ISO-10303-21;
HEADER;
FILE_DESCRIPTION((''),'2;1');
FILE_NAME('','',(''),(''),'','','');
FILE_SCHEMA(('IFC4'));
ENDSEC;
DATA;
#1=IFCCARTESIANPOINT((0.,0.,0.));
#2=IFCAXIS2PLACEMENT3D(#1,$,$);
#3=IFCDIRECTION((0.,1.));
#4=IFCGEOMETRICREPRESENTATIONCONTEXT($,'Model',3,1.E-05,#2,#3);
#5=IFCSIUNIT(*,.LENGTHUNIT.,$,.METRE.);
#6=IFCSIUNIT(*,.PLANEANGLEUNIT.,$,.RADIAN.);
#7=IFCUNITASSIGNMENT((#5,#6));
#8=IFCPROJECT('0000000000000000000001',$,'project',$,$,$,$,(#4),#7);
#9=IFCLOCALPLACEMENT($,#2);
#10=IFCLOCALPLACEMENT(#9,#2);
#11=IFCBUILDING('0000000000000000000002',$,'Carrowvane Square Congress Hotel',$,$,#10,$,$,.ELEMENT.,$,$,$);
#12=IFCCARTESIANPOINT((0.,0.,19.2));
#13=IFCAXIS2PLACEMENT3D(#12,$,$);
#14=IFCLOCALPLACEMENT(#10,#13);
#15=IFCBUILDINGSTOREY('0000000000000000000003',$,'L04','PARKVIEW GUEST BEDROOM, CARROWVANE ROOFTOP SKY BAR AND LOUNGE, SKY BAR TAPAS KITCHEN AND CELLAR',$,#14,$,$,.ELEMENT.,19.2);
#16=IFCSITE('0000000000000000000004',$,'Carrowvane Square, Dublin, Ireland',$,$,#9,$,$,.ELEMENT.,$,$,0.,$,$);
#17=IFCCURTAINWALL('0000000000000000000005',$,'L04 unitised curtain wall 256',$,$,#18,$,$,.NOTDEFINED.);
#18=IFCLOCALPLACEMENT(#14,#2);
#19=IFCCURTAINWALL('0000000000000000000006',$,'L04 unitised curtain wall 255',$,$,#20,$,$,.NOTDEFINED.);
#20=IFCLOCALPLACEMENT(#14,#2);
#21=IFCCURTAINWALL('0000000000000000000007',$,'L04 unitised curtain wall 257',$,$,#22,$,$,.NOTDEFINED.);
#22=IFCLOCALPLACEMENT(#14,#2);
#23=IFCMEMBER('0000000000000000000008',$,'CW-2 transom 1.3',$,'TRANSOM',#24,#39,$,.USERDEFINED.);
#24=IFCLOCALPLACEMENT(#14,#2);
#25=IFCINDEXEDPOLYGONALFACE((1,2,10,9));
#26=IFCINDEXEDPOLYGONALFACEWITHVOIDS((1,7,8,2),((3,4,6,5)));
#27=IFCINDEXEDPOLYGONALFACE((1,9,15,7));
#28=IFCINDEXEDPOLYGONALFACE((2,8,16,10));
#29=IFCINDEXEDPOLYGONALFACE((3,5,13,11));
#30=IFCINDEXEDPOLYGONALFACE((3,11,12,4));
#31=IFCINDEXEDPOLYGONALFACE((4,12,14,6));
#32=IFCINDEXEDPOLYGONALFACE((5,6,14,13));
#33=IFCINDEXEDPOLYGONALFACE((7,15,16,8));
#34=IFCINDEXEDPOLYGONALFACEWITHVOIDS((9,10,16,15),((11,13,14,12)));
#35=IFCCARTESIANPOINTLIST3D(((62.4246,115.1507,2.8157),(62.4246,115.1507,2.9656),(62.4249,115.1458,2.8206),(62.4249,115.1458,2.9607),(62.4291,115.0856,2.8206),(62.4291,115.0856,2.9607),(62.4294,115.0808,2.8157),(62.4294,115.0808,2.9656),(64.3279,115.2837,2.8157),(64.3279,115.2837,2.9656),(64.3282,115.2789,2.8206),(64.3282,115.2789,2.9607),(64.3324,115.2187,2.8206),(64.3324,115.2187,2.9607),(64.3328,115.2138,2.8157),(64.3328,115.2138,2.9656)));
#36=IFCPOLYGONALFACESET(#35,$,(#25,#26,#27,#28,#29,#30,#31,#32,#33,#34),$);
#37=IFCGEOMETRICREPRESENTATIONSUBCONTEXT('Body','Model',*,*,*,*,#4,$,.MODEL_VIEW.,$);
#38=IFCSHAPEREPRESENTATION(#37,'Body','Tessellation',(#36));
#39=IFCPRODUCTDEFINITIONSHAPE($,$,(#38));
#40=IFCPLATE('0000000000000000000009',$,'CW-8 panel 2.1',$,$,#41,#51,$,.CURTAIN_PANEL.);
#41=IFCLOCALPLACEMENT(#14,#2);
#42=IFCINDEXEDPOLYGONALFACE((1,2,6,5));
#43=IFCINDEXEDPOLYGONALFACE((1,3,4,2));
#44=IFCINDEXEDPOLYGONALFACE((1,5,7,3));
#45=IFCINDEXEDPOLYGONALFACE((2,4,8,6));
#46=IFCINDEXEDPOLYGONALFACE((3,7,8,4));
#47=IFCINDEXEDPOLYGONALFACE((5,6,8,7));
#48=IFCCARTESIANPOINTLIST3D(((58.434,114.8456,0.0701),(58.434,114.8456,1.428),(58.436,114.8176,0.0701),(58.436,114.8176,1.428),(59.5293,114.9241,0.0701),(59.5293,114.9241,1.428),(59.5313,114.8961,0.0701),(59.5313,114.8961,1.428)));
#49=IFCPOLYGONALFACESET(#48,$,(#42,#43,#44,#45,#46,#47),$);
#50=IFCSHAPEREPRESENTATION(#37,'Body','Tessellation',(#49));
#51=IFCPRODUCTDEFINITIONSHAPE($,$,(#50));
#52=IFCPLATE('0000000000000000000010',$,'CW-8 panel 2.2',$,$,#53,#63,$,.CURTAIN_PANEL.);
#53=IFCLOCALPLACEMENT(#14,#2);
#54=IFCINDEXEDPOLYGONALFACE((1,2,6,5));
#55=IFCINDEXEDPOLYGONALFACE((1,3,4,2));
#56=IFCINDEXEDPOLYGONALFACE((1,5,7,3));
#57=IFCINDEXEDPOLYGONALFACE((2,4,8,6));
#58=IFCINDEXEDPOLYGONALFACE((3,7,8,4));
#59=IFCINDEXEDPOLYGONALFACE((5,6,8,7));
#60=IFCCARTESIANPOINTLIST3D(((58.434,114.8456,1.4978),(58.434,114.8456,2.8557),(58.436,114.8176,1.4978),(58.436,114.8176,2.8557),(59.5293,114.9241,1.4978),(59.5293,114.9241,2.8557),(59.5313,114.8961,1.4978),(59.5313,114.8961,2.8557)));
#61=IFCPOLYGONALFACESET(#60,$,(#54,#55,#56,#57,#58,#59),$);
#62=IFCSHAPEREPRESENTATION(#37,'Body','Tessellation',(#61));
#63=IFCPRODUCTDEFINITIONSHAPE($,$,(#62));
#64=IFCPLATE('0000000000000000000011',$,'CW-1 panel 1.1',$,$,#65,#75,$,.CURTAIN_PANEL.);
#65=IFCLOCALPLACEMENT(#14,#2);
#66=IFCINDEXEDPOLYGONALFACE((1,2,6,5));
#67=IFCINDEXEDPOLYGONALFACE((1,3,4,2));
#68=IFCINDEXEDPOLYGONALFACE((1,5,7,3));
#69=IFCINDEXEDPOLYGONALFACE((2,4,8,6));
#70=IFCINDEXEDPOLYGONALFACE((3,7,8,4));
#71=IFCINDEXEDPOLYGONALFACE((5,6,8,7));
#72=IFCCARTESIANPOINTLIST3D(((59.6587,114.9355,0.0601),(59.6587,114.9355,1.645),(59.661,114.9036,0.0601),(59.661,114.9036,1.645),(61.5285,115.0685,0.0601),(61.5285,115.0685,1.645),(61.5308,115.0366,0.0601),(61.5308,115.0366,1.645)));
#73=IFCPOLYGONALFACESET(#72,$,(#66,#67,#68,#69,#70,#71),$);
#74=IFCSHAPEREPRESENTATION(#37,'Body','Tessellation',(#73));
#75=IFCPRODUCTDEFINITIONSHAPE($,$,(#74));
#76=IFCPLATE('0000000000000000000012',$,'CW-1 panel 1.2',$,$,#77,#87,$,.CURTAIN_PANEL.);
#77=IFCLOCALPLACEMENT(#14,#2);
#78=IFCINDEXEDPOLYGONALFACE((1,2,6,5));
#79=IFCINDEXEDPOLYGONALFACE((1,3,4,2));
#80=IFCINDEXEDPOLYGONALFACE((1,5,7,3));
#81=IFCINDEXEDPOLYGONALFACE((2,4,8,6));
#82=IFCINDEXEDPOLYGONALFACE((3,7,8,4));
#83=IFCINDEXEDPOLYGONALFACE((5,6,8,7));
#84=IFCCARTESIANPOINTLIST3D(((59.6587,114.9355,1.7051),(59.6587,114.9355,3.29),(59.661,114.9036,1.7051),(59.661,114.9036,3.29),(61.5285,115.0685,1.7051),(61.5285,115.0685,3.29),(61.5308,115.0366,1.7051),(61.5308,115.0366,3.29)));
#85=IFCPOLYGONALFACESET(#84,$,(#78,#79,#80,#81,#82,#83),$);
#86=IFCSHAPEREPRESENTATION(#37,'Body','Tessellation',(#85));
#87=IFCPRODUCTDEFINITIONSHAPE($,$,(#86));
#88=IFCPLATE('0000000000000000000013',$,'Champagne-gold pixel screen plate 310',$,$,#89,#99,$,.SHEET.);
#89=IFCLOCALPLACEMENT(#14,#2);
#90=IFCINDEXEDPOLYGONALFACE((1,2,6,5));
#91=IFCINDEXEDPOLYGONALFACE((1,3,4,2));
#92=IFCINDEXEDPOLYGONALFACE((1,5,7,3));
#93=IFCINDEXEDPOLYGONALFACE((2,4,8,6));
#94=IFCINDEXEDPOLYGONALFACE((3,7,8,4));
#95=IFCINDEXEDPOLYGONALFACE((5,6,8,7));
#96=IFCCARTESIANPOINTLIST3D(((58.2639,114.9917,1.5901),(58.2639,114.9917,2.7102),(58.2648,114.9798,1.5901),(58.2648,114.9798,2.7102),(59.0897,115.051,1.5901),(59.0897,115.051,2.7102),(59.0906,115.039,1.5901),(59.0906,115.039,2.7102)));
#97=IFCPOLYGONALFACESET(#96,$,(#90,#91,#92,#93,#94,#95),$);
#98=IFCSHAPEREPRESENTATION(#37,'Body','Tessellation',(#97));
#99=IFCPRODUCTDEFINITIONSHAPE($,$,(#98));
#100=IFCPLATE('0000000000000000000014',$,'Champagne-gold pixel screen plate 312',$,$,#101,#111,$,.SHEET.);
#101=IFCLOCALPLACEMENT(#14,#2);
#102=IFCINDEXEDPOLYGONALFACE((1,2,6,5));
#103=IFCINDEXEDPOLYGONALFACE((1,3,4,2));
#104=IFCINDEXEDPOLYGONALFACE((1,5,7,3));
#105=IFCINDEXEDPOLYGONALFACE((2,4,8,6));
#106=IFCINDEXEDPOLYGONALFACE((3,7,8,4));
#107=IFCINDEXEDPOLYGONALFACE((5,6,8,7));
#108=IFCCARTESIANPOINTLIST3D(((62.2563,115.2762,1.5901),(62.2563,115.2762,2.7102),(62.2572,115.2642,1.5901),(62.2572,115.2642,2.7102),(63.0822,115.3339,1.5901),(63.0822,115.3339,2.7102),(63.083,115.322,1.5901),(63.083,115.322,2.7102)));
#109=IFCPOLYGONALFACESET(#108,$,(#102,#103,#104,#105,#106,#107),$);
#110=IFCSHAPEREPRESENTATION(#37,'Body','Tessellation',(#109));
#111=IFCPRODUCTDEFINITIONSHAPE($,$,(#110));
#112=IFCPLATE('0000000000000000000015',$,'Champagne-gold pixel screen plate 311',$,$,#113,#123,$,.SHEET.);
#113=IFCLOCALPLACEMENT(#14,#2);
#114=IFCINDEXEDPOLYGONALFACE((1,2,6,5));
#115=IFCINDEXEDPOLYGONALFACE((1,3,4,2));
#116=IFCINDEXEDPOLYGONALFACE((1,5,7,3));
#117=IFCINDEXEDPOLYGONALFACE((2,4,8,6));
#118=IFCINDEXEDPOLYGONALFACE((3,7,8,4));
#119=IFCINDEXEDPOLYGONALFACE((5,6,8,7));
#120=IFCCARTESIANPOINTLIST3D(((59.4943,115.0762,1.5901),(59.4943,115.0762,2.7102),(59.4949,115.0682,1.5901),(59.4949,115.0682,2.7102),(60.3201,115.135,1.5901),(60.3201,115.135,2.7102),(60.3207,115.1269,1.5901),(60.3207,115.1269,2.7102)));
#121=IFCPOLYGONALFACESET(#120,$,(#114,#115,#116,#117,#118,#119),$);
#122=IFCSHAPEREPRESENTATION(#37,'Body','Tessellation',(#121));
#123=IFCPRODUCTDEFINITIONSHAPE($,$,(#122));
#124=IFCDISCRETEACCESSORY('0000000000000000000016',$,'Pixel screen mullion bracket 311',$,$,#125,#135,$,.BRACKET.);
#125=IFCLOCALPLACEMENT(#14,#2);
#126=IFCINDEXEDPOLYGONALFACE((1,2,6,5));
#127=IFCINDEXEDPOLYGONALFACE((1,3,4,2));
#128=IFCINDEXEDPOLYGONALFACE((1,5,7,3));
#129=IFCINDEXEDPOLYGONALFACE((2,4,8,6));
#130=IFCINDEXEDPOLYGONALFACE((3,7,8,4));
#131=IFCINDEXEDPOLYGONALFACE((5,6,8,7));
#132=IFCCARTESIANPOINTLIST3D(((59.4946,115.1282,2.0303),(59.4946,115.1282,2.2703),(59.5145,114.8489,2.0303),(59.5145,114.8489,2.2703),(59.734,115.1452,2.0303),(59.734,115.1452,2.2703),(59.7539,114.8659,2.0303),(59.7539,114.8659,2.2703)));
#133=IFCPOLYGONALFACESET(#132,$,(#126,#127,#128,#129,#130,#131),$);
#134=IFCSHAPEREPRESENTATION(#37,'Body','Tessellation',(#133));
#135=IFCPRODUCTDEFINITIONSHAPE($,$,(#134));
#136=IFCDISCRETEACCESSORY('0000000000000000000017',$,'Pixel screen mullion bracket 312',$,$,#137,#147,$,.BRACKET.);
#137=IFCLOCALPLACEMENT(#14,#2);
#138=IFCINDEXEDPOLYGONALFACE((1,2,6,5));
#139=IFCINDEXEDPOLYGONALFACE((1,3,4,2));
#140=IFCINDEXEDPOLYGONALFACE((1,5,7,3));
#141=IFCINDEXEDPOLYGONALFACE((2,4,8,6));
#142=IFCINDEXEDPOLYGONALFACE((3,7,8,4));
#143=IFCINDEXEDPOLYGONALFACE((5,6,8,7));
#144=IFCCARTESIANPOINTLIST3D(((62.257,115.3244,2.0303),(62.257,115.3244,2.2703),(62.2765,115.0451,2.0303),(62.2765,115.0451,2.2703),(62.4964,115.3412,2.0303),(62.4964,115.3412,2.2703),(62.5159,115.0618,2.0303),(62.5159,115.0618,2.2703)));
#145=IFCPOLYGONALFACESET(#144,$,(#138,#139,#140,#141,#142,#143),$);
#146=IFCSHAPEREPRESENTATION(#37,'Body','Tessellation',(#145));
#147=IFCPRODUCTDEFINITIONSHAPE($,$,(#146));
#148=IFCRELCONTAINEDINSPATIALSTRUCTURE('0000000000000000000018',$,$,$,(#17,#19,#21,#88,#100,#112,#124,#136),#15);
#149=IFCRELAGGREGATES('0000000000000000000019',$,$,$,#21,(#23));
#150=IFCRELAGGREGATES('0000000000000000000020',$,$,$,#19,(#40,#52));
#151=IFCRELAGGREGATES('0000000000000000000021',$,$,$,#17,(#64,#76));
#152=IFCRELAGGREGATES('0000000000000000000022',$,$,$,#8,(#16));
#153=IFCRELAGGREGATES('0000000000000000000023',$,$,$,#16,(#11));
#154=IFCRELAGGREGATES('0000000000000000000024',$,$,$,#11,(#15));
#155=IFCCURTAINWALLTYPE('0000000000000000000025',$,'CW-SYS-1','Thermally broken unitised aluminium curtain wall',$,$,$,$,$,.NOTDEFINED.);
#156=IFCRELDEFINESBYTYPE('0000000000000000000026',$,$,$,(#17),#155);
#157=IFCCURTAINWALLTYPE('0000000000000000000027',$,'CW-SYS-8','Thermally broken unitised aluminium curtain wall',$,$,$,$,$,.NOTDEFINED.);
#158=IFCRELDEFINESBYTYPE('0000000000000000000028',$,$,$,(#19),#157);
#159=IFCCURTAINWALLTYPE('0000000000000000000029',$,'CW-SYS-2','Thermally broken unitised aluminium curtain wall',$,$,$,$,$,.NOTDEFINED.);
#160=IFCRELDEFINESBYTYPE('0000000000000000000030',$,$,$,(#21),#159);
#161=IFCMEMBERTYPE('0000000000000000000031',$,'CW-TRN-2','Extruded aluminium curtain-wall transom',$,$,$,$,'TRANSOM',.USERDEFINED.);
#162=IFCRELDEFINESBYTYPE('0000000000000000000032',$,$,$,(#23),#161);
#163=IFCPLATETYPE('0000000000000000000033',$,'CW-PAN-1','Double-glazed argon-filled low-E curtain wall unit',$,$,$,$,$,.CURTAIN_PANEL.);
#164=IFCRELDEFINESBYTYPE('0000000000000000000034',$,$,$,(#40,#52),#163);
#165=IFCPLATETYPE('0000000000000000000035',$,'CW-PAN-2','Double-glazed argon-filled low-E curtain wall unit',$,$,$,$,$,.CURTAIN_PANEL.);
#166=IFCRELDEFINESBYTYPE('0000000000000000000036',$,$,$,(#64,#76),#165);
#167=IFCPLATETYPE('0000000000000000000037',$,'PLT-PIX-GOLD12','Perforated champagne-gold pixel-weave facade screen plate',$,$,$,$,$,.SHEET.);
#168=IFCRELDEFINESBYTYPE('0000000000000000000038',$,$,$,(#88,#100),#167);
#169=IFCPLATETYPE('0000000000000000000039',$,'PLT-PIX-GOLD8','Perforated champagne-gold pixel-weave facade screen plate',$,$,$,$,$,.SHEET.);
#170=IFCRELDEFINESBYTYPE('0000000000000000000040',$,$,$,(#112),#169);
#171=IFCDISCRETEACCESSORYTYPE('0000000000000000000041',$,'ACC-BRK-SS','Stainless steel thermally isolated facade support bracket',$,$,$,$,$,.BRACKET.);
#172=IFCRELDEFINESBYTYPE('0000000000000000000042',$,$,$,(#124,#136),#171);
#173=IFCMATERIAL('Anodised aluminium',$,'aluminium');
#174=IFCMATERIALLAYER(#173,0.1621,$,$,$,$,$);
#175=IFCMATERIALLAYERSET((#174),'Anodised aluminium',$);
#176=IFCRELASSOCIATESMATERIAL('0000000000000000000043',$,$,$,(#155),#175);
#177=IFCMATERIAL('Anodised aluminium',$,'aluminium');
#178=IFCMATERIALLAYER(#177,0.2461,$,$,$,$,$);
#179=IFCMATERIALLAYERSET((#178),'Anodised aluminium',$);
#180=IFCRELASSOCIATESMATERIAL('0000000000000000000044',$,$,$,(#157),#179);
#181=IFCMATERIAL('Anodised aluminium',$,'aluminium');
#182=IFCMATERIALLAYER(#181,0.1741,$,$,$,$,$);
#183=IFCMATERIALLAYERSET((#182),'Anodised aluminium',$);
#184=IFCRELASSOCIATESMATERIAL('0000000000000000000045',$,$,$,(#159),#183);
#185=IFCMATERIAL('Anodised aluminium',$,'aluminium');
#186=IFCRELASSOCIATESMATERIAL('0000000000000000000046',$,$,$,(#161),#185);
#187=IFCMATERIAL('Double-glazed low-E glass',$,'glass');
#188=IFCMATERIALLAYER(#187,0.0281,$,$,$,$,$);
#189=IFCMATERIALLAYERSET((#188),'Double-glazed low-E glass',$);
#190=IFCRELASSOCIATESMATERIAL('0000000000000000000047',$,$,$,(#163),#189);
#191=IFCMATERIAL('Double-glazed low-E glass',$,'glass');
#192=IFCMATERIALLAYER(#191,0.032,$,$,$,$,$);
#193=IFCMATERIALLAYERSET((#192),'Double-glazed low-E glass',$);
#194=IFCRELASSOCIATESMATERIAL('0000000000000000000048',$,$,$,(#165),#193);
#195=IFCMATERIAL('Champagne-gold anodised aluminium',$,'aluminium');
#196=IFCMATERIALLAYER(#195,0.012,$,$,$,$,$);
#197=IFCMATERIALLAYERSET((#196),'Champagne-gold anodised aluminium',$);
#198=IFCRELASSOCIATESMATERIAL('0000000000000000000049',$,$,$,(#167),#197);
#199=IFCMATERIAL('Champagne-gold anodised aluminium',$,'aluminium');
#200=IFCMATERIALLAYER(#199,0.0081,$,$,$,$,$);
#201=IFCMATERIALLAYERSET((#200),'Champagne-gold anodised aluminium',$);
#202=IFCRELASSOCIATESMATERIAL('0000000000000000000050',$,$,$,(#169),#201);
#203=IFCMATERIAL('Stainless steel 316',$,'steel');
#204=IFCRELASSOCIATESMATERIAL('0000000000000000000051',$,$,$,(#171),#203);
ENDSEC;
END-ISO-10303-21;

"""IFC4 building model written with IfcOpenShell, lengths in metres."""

from ifc_helpers import new_model, si_unit, direction, frame, origin, origin_2d, place, context, subcontext, project, spatial, rectangle, hollow_rectangle, extrude, material, layer, layer_set, material_profile, profile_set, type_object, element, aggregate, save


model = new_model("IFC4")

# Units and contexts
model_context = context("Model", 3, precision=1e-05, world=origin(), true_north=direction((0.0, 1.0)))
body_context = subcontext(model_context, "Body", "Model", "MODEL_VIEW")
ifc_project = project(units=[si_unit("LENGTHUNIT", "METRE"), si_unit("PLANEANGLEUNIT", "RADIAN")], contexts=[model_context])

# Site, building, storey
site_placement = place(None, origin())
site = spatial("IfcSite", under=ifc_project, at=site_placement, Name="Carrowvane Square, Dublin, Ireland", CompositionType="ELEMENT", RefElevation=0.0)
building_placement = place(site_placement, origin())
building = spatial("IfcBuilding", under=site, at=building_placement, Name="Carrowvane Square Congress Hotel", CompositionType="ELEMENT")
storey_placement = place(building_placement, frame((0.0, 0.0, 19.2)))
storey = spatial("IfcBuildingStorey", under=building, at=storey_placement, Name="L04", Description="PARKVIEW GUEST BEDROOM, CARROWVANE ROOFTOP SKY BAR AND LOUNGE, SKY BAR TAPAS KITCHEN AND CELLAR", CompositionType="ELEMENT", Elevation=19.2)

# Curtain walls
ifc_material_1 = material(Name="Anodised aluminium", Category="aluminium")
ifc_layer_1 = layer(ifc_material_1, 0.1621)
ifc_layer_set_1 = layer_set([ifc_layer_1], Name="Anodised aluminium")
curtain_wall_type_1 = type_object("IfcCurtainWallType", Name="CW-SYS-1", Description="Thermally broken unitised aluminium curtain wall", PredefinedType="NOTDEFINED", material=ifc_layer_set_1)
curtain_wall_1_placement = place(storey_placement, origin())
curtain_wall_1 = element("IfcCurtainWall", 1, at=curtain_wall_1_placement, inside=storey, type_object=curtain_wall_type_1, Name="L04 unitised curtain wall 256", PredefinedType="NOTDEFINED")
ifc_material_2 = material(Name="Anodised aluminium", Category="aluminium")
ifc_layer_2 = layer(ifc_material_2, 0.2461)
ifc_layer_set_2 = layer_set([ifc_layer_2], Name="Anodised aluminium")
curtain_wall_type_2 = type_object("IfcCurtainWallType", Name="CW-SYS-8", Description="Thermally broken unitised aluminium curtain wall", PredefinedType="NOTDEFINED", material=ifc_layer_set_2)
curtain_wall_2_placement = place(storey_placement, origin())
curtain_wall_2 = element("IfcCurtainWall", 2, at=curtain_wall_2_placement, inside=storey, type_object=curtain_wall_type_2, Name="L04 unitised curtain wall 255", PredefinedType="NOTDEFINED")

# Curtain wall
ifc_material_3 = material(Name="Anodised aluminium", Category="aluminium")
ifc_layer_3 = layer(ifc_material_3, 0.1741)
ifc_layer_set_3 = layer_set([ifc_layer_3], Name="Anodised aluminium")
curtain_wall_type_3 = type_object("IfcCurtainWallType", Name="CW-SYS-2", Description="Thermally broken unitised aluminium curtain wall", PredefinedType="NOTDEFINED", material=ifc_layer_set_3)
curtain_wall_3_placement = place(storey_placement, origin())
curtain_wall_3 = element("IfcCurtainWall", 3, at=curtain_wall_3_placement, inside=storey, type_object=curtain_wall_type_3, Name="L04 unitised curtain wall 257", PredefinedType="NOTDEFINED")

# Member
ifc_material_4 = material(Name="Anodised aluminium", Category="aluminium")
ifc_material_profile_1 = material_profile(ifc_material_4, hollow_rectangle(XDim=0.0701, YDim=0.1499, WallThickness=0.0049, at=origin_2d()), Name="CW-TR 70x150x5")
ifc_profile_set_1 = profile_set([ifc_material_profile_1], Name="Anodised aluminium")
member_type_1 = type_object("IfcMemberType", Name="CW-TRN-2", Description="Extruded aluminium curtain-wall transom", ElementType="TRANSOM", PredefinedType="USERDEFINED", material=ifc_profile_set_1)
member_1_placement = place(storey_placement, frame((62.427, 115.1157, 2.8906), z_axis=(0.997565, 0.069737, 0.0), x_axis=(-0.069737, 0.997565, 0.0)))
member_1 = element("IfcMember", 4, at=member_1_placement, type_object=member_type_1, Name="CW-2 transom 1.3", ObjectType="TRANSOM", PredefinedType="USERDEFINED", context=body_context, shape_type="SweptSolid", body=[
    extrude(hollow_rectangle(XDim=0.0701, YDim=0.1499, WallThickness=0.0049, at=origin_2d()), origin(), (0.0, 0.0, 1.0), 1.908),
])
aggregate(curtain_wall_3, [member_1])

# Plates
ifc_material_5 = material(Name="Double-glazed low-E glass", Category="glass")
ifc_layer_4 = layer(ifc_material_5, 0.0281)
ifc_layer_set_4 = layer_set([ifc_layer_4], Name="Double-glazed low-E glass")
plate_type_1 = type_object("IfcPlateType", Name="CW-PAN-1", Description="Double-glazed argon-filled low-E curtain wall unit", PredefinedType="CURTAIN_PANEL", material=ifc_layer_set_4)
plate_1_placement = place(storey_placement, frame((58.9827, 114.8708, 0.0701), z_axis=(0.0, 0.0, 1.0), x_axis=(0.997438, 0.071532, 0.0)))
plate_1 = element("IfcPlate", 5, at=plate_1_placement, type_object=plate_type_1, Name="CW-8 panel 2.1", PredefinedType="CURTAIN_PANEL", context=body_context, shape_type="SweptSolid", body=[
    extrude(rectangle(XDim=1.0981, YDim=0.0281, at=origin_2d()), origin(), (0.0, 0.0, 1.0), 1.3579),
])
plate_2_placement = place(storey_placement, frame((58.9827, 114.8708, 1.4978), z_axis=(0.0, 0.0, 1.0), x_axis=(0.997438, 0.071532, 0.0)))
plate_2 = element("IfcPlate", 6, at=plate_2_placement, type_object=plate_type_1, Name="CW-8 panel 2.2", PredefinedType="CURTAIN_PANEL", context=body_context, shape_type="SweptSolid", body=[
    extrude(rectangle(XDim=1.0981, YDim=0.0281, at=origin_2d()), origin(), (0.0, 0.0, 1.0), 1.3579),
])
aggregate(curtain_wall_2, [plate_1, plate_2])
ifc_material_6 = material(Name="Double-glazed low-E glass", Category="glass")
ifc_layer_5 = layer(ifc_material_6, 0.032)
ifc_layer_set_5 = layer_set([ifc_layer_5], Name="Double-glazed low-E glass")
plate_type_2 = type_object("IfcPlateType", Name="CW-PAN-2", Description="Double-glazed argon-filled low-E curtain wall unit", PredefinedType="CURTAIN_PANEL", material=ifc_layer_set_5)
plate_3_placement = place(storey_placement, frame((60.5947, 114.9861, 0.0601), z_axis=(0.0, 0.0, 1.0), x_axis=(0.997479, 0.07096, 0.0)))
plate_3 = element("IfcPlate", 7, at=plate_3_placement, type_object=plate_type_2, Name="CW-1 panel 1.1", PredefinedType="CURTAIN_PANEL", context=body_context, shape_type="SweptSolid", body=[
    extrude(rectangle(XDim=1.8745, YDim=0.032, at=origin_2d()), origin(), (0.0, 0.0, 1.0), 1.585),
])
plate_4_placement = place(storey_placement, frame((60.5947, 114.9861, 1.7051), z_axis=(0.0, 0.0, 1.0), x_axis=(0.997479, 0.07096, 0.0)))
plate_4 = element("IfcPlate", 8, at=plate_4_placement, type_object=plate_type_2, Name="CW-1 panel 1.2", PredefinedType="CURTAIN_PANEL", context=body_context, shape_type="SweptSolid", body=[
    extrude(rectangle(XDim=1.8745, YDim=0.032, at=origin_2d()), origin(), (0.0, 0.0, 1.0), 1.585),
])
aggregate(curtain_wall_1, [plate_3, plate_4])

# Plates
ifc_material_7 = material(Name="Champagne-gold anodised aluminium", Category="aluminium")
ifc_layer_6 = layer(ifc_material_7, 0.012)
ifc_layer_set_6 = layer_set([ifc_layer_6], Name="Champagne-gold anodised aluminium")
plate_type_3 = type_object("IfcPlateType", Name="PLT-PIX-GOLD12", Description="Perforated champagne-gold pixel-weave facade screen plate", PredefinedType="SHEET", material=ifc_layer_set_6)
for number, where, z_axis, x_axis, name in (
    (9, (58.6772, 115.0154, 1.5901), (0.0, 0.0, 1.0), (0.997438, 0.071533, 0.0), "Champagne-gold pixel screen plate 310"),
    (10, (62.6697, 115.2991, 1.5901), (0.0, 0.0, 1.0), (0.997566, 0.069725, 0.0), "Champagne-gold pixel screen plate 312"),
):
    element("IfcPlate", number, at=place(storey_placement, frame(where, z_axis=z_axis, x_axis=x_axis)), inside=storey, type_object=plate_type_3, Name=name, PredefinedType="SHEET", context=body_context, shape_type="SweptSolid", body=[
        extrude(rectangle(XDim=0.8279, YDim=0.012, at=origin_2d()), origin(), (0.0, 0.0, 1.0), 1.1201),
    ])
ifc_material_8 = material(Name="Champagne-gold anodised aluminium", Category="aluminium")
ifc_layer_7 = layer(ifc_material_8, 0.0081)
ifc_layer_set_7 = layer_set([ifc_layer_7], Name="Champagne-gold anodised aluminium")
plate_type_4 = type_object("IfcPlateType", Name="PLT-PIX-GOLD8", Description="Perforated champagne-gold pixel-weave facade screen plate", PredefinedType="SHEET", material=ifc_layer_set_7)
plate_5_placement = place(storey_placement, frame((59.9075, 115.1016, 1.5901), z_axis=(0.0, 0.0, 1.0), x_axis=(0.997479, 0.070957, 0.0)))
element("IfcPlate", 11, at=plate_5_placement, inside=storey, type_object=plate_type_4, Name="Champagne-gold pixel screen plate 311", PredefinedType="SHEET", context=body_context, shape_type="SweptSolid", body=[
    extrude(rectangle(XDim=0.8279, YDim=0.0081, at=origin_2d()), origin(), (0.0, 0.0, 1.0), 1.1201),
])

# Discrete accessories
ifc_material_9 = material(Name="Stainless steel 316", Category="steel")
discrete_accessory_type = type_object("IfcDiscreteAccessoryType", Name="ACC-BRK-SS", Description="Stainless steel thermally isolated facade support bracket", PredefinedType="BRACKET", material=ifc_material_9)
for number, where, z_axis, x_axis, name in (
    (12, (59.6243, 114.9971, 2.0303), (0.0, 0.0, 1.0), (0.997479, 0.070957, 0.0), "Pixel screen mullion bracket 311"),
    (13, (62.3865, 115.1931, 2.0303), (0.0, 0.0, 1.0), (0.997566, 0.069725, 0.0), "Pixel screen mullion bracket 312"),
):
    element("IfcDiscreteAccessory", number, at=place(storey_placement, frame(where, z_axis=z_axis, x_axis=x_axis)), inside=storey, type_object=discrete_accessory_type, Name=name, PredefinedType="BRACKET", context=body_context, shape_type="SweptSolid", body=[
        extrude(rectangle(XDim=0.24, YDim=0.28, at=origin_2d()), origin(), (0.0, 0.0, 1.0), 0.24),
    ])

save(model, "model.ifc")
